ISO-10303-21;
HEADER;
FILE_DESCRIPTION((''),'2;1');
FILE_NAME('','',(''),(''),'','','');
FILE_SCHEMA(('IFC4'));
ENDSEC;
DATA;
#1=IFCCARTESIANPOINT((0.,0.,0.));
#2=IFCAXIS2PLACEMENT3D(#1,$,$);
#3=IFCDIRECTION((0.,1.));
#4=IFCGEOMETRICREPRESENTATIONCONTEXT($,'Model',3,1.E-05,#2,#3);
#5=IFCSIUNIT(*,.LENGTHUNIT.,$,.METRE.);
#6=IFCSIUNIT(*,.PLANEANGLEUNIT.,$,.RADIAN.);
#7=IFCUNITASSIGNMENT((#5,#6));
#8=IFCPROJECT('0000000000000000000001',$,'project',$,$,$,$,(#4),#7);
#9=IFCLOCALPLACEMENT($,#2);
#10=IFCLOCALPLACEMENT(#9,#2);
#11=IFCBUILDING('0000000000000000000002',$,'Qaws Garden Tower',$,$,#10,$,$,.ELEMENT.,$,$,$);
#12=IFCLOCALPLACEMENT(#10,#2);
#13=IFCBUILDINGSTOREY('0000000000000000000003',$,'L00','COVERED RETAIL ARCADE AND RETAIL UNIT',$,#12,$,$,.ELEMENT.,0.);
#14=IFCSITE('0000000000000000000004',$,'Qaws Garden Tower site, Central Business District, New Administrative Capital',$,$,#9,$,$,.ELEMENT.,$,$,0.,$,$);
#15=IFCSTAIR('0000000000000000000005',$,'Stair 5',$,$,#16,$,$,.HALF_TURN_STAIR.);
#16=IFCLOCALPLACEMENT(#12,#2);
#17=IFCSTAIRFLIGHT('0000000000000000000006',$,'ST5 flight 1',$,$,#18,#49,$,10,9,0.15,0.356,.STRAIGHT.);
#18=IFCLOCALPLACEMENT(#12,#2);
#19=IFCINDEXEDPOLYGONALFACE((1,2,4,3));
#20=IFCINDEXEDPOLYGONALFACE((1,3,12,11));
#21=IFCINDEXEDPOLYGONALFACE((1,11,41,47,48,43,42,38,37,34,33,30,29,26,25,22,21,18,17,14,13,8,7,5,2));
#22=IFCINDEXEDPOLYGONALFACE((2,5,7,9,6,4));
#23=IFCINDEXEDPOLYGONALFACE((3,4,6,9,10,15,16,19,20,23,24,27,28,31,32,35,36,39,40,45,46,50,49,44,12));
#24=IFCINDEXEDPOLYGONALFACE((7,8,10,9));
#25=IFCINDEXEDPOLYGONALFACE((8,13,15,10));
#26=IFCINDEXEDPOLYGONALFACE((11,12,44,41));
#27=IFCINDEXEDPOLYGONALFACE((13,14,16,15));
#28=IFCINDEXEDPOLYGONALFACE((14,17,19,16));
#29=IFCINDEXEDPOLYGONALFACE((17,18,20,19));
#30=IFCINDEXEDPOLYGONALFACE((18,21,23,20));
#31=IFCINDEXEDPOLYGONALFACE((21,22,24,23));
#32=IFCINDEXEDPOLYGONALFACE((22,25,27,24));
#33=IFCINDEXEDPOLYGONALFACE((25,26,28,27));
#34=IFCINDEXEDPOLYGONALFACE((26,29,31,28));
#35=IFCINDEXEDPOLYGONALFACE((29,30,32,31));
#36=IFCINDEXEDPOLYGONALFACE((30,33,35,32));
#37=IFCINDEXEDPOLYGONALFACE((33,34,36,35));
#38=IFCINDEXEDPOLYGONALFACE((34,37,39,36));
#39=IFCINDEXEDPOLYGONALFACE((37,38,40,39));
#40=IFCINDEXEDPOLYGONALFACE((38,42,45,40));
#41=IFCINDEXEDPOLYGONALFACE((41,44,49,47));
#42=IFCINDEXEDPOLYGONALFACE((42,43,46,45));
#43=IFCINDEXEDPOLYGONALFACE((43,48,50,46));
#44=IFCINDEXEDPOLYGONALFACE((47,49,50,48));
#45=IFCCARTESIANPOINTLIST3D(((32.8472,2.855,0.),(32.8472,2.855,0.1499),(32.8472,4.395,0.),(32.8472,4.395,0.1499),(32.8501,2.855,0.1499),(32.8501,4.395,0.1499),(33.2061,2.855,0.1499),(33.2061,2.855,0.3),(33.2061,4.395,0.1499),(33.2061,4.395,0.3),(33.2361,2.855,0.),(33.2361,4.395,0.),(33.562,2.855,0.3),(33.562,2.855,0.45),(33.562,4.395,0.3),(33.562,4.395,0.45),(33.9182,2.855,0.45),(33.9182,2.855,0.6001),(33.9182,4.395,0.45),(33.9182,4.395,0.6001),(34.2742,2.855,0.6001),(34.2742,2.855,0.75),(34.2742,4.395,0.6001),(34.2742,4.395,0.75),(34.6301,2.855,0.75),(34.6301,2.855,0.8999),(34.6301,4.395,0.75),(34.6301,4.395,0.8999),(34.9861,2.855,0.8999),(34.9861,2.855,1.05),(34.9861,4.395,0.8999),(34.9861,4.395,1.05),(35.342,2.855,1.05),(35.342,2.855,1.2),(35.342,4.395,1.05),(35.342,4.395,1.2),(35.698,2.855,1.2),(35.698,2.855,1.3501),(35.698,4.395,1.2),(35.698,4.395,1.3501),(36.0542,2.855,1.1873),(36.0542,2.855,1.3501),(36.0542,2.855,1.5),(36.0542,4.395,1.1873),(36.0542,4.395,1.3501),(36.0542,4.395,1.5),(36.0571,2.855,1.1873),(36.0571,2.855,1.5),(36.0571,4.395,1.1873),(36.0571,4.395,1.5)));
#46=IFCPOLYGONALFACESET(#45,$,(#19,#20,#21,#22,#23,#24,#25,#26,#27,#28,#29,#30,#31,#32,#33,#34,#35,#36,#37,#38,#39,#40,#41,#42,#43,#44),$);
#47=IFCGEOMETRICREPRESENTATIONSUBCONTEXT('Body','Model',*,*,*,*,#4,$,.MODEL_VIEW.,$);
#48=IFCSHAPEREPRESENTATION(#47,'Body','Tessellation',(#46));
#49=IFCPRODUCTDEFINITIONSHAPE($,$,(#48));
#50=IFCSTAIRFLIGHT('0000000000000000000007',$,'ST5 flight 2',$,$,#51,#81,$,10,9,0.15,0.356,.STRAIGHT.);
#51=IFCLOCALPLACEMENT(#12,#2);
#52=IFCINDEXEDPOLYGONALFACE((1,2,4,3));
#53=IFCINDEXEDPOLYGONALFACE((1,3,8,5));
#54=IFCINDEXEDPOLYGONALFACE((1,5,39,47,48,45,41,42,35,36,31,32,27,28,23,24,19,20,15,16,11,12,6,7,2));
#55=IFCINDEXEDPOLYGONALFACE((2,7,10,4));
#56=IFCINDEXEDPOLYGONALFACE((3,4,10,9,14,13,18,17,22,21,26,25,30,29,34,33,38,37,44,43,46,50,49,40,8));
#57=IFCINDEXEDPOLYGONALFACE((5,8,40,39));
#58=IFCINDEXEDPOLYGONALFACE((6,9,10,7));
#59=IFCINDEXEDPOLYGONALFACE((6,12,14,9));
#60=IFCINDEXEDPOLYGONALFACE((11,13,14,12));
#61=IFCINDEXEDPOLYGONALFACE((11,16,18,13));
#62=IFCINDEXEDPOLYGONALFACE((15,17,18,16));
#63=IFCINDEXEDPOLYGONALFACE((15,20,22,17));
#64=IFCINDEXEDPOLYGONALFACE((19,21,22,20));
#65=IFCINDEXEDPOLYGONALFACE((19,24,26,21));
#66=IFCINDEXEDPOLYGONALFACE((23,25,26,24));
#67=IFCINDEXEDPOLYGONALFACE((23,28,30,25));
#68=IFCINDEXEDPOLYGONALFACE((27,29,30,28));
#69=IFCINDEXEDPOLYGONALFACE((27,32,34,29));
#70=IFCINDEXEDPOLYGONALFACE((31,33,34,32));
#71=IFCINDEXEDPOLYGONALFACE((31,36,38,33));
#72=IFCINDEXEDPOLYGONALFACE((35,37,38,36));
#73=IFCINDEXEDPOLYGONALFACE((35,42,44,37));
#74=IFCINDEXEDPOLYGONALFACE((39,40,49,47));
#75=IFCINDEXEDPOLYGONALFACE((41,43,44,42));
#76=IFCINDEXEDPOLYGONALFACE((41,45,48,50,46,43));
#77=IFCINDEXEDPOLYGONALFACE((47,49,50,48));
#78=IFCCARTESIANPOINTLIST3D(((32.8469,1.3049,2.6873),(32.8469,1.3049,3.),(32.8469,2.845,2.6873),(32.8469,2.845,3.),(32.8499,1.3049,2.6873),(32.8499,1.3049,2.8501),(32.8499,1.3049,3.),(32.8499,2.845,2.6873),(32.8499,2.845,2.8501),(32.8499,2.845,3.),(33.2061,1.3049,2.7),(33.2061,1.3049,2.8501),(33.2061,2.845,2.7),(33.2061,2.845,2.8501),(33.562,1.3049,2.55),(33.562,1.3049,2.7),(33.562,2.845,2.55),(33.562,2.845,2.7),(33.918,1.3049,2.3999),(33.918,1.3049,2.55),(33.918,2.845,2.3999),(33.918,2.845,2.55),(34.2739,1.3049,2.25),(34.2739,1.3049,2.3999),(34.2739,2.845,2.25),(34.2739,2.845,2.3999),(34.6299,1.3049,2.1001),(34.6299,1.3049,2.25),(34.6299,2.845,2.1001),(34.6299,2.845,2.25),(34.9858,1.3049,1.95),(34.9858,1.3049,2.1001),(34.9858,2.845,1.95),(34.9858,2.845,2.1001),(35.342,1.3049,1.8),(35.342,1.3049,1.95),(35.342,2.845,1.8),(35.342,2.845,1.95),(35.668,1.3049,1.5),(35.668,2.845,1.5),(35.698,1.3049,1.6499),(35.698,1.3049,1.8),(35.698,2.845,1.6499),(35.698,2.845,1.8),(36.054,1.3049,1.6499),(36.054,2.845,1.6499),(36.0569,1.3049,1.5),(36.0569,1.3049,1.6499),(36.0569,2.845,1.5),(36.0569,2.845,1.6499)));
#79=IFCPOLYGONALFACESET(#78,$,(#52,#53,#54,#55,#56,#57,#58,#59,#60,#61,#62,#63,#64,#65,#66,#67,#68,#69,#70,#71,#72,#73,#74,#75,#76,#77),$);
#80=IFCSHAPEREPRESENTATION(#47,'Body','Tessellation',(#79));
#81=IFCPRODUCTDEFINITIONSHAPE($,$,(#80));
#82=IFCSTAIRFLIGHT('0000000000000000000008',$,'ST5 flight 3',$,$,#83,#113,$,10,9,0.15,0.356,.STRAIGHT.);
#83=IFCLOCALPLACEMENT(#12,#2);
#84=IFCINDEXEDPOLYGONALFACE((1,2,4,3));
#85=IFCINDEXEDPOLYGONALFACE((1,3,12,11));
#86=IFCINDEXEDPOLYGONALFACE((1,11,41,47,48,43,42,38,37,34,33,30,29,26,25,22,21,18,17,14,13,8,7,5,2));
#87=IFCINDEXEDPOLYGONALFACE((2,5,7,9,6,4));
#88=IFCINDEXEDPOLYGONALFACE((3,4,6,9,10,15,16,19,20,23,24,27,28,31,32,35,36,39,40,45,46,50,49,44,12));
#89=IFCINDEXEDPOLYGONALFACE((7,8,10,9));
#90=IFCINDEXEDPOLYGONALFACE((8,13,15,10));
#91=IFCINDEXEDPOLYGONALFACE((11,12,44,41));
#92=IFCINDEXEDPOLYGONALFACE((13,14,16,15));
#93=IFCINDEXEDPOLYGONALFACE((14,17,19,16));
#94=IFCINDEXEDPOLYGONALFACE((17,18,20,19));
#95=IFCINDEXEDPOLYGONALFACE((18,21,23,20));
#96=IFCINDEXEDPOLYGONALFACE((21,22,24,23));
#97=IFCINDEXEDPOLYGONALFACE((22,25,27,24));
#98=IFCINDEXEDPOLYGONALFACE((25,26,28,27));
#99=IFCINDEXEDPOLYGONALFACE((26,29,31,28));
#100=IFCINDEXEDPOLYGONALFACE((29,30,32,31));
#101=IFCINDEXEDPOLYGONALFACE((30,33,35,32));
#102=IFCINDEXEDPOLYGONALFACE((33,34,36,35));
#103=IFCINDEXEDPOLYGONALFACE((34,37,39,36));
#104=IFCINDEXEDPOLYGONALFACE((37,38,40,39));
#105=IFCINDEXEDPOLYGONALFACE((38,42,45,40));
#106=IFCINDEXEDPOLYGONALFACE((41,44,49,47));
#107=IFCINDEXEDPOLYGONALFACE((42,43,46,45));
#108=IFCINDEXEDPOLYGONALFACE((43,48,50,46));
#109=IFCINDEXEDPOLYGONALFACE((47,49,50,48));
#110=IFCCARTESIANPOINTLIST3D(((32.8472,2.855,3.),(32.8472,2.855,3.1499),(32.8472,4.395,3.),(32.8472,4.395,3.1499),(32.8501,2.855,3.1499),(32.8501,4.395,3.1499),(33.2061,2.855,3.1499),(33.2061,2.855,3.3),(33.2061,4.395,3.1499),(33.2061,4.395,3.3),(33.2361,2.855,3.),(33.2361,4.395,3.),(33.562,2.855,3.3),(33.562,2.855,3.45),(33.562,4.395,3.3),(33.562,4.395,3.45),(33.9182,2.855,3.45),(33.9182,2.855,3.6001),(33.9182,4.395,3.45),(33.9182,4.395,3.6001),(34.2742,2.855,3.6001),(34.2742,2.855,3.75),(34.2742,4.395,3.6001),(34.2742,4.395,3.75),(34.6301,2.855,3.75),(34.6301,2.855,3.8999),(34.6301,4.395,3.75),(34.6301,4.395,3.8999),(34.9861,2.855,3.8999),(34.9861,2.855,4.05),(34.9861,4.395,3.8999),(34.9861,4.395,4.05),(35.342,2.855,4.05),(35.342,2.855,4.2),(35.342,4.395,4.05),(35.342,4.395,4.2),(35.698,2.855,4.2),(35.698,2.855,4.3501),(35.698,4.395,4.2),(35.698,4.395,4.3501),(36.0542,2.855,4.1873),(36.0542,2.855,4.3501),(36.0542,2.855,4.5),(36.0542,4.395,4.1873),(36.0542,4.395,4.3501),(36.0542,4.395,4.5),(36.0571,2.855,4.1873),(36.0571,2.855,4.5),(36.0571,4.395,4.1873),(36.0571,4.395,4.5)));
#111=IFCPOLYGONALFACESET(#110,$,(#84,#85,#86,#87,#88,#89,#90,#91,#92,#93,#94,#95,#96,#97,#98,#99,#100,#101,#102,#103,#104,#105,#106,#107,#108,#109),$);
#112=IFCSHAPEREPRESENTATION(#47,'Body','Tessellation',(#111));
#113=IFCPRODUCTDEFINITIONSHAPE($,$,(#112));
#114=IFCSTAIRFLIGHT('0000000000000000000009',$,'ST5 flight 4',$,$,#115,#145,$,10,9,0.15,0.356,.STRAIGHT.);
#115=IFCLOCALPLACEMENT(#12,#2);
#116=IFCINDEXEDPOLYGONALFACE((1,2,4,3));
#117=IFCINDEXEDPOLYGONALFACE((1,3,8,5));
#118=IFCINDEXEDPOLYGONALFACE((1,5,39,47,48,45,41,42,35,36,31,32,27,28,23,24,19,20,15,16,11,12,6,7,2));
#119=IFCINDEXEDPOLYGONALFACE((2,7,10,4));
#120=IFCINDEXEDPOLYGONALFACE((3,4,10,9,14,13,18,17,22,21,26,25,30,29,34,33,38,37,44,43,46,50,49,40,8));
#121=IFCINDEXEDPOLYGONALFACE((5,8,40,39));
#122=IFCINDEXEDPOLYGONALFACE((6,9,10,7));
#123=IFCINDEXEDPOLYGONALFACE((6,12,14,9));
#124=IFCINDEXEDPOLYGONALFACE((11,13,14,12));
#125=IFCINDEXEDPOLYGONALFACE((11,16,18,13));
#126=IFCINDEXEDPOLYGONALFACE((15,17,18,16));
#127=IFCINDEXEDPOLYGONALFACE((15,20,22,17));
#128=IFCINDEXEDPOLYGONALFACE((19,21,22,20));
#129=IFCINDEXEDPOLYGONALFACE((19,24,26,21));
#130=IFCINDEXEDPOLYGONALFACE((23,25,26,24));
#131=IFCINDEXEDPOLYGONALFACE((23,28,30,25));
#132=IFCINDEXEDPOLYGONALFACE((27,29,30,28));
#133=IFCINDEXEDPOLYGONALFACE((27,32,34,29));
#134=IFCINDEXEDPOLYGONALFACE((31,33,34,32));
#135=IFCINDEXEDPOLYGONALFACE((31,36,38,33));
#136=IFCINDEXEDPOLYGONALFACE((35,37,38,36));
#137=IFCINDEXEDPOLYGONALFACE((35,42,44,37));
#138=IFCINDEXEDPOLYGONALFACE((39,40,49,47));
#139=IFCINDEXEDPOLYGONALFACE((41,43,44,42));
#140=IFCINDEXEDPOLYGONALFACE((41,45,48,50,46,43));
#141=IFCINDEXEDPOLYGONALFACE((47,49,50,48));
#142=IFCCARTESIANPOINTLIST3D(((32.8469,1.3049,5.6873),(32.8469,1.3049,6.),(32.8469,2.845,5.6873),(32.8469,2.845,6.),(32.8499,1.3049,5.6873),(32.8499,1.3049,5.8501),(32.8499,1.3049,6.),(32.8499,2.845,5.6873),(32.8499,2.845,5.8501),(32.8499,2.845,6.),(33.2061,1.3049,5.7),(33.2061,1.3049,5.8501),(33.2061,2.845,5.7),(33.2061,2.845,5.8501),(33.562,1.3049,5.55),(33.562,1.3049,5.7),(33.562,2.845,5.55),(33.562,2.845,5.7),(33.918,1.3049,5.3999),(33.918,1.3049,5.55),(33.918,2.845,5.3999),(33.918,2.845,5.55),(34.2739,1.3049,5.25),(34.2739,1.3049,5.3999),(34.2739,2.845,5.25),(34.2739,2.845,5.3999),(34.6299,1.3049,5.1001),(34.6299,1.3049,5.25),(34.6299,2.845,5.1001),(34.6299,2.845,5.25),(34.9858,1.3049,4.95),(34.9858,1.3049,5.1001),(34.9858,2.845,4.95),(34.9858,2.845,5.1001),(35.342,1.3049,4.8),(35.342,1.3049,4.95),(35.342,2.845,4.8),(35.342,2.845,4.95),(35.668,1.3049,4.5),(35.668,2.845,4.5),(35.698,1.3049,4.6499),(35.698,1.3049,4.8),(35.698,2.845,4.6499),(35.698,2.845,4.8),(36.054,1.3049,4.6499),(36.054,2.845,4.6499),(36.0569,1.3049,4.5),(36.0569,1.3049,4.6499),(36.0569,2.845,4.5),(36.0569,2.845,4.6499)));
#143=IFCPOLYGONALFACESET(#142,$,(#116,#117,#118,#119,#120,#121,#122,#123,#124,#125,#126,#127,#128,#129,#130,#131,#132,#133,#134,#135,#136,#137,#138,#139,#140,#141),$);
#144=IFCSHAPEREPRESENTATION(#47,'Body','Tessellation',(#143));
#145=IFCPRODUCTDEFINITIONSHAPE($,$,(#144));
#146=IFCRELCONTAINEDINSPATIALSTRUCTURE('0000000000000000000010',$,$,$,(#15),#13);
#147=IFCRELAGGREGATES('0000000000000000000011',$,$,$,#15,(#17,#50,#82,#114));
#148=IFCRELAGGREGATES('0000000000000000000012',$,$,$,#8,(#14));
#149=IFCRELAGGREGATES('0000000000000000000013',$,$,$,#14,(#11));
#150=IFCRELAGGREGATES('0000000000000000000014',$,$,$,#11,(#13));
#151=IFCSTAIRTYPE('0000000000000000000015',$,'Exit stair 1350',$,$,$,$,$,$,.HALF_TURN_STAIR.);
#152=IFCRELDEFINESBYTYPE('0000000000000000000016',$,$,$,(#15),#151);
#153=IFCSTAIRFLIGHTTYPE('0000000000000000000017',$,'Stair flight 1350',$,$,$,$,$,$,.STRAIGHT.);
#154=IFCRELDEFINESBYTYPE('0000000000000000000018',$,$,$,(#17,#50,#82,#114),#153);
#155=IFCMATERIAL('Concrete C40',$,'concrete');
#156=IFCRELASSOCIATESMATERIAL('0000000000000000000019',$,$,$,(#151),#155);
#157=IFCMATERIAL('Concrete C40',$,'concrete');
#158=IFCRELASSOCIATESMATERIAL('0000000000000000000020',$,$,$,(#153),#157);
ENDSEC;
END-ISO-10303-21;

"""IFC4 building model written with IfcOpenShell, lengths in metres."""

from ifc_helpers import new_model, si_unit, direction, frame, origin, place, context, subcontext, project, spatial, polyline, outline, extrude, material, type_object, element, aggregate, save


model = new_model("IFC4")

# Units and contexts
model_context = context("Model", 3, precision=1e-05, world=origin(), true_north=direction((0.0, 1.0)))
body_context = subcontext(model_context, "Body", "Model", "MODEL_VIEW")
ifc_project = project(units=[si_unit("LENGTHUNIT", "METRE"), si_unit("PLANEANGLEUNIT", "RADIAN")], contexts=[model_context])

# Site, building, storey
site_placement = place(None, origin())
site = spatial("IfcSite", under=ifc_project, at=site_placement, Name="Qaws Garden Tower site, Central Business District, New Administrative Capital", CompositionType="ELEMENT", RefElevation=0.0)
building_placement = place(site_placement, origin())
building = spatial("IfcBuilding", under=site, at=building_placement, Name="Qaws Garden Tower", CompositionType="ELEMENT")
storey_placement = place(building_placement, origin())
storey = spatial("IfcBuildingStorey", under=building, at=storey_placement, Name="L00", Description="COVERED RETAIL ARCADE AND RETAIL UNIT", CompositionType="ELEMENT", Elevation=0.0)

# Stair, stair flights
ifc_material_1 = material(Name="Concrete C40", Category="concrete")
stair_type = type_object("IfcStairType", Name="Exit stair 1350", PredefinedType="HALF_TURN_STAIR", material=ifc_material_1)
stair_placement = place(storey_placement, origin())
stair = element("IfcStair", 1, at=stair_placement, inside=storey, type_object=stair_type, Name="Stair 5", PredefinedType="HALF_TURN_STAIR")
ifc_material_2 = material(Name="Concrete C40", Category="concrete")
stair_flight_type = type_object("IfcStairFlightType", Name="Stair flight 1350", PredefinedType="STRAIGHT", material=ifc_material_2)
stair_flight_1_placement = place(storey_placement, frame((32.8501, 3.625, 0.0), z_axis=(0.0, 0.0, 1.0), x_axis=(1.0, 0.0, 0.0)))
stair_flight_1 = element("IfcStairFlight", 2, at=stair_flight_1_placement, type_object=stair_flight_type, Name="ST5 flight 1", NumberOfRisers=10, NumberOfTreads=9, PredefinedType="STRAIGHT", RiserHeight=0.15, TreadLength=0.356, context=body_context, shape_type="SweptSolid", body=[
    extrude(outline(polyline([(-0.0029, 0.0), (-0.0029, 0.1499), (0.0, 0.1499), (0.356, 0.1499), (0.356, 0.3), (0.7119, 0.3), (0.7119, 0.45), (1.0681, 0.45), (1.0681, 0.6001), (1.4241, 0.6001), (1.4241, 0.75), (1.78, 0.75), (1.78, 0.8999), (2.136, 0.8999), (2.136, 1.05), (2.4919, 1.05), (2.4919, 1.2), (2.8479, 1.2), (2.8479, 1.3501), (3.2041, 1.3501), (3.2041, 1.5), (3.207, 1.5), (3.207, 1.1873), (3.2041, 1.1873), (0.386, 0.0), (-0.0029, 0.0)])), frame((0.0, 0.77, 0.0), z_axis=(0.0, -1.0, 0.0), x_axis=(1.0, 0.0, 0.0)), (0.0, 0.0, 1.0), 1.54),
])
stair_flight_2_placement = place(storey_placement, frame((36.054, 2.075, 1.5), z_axis=(0.0, 0.0, 1.0), x_axis=(-1.0, 0.0, 0.0)))
stair_flight_2 = element("IfcStairFlight", 3, at=stair_flight_2_placement, type_object=stair_flight_type, Name="ST5 flight 2", NumberOfRisers=10, NumberOfTreads=9, PredefinedType="STRAIGHT", RiserHeight=0.15, TreadLength=0.356, context=body_context, shape_type="SweptSolid", body=[
    extrude(outline(polyline([(-0.0029, 0.0), (-0.0029, 0.1499), (0.0, 0.1499), (0.356, 0.1499), (0.356, 0.3), (0.7119, 0.3), (0.7119, 0.45), (1.0681, 0.45), (1.0681, 0.6001), (1.4241, 0.6001), (1.4241, 0.75), (1.78, 0.75), (1.78, 0.8999), (2.136, 0.8999), (2.136, 1.05), (2.4919, 1.05), (2.4919, 1.2), (2.8479, 1.2), (2.8479, 1.3501), (3.2041, 1.3501), (3.2041, 1.5), (3.207, 1.5), (3.207, 1.1873), (3.2041, 1.1873), (0.386, 0.0), (-0.0029, 0.0)])), frame((0.0, 0.77, 0.0), z_axis=(0.0, -1.0, 0.0), x_axis=(1.0, 0.0, 0.0)), (0.0, 0.0, 1.0), 1.54),
])
stair_flight_3_placement = place(storey_placement, frame((32.8501, 3.625, 3.0), z_axis=(0.0, 0.0, 1.0), x_axis=(1.0, 0.0, 0.0)))
stair_flight_3 = element("IfcStairFlight", 4, at=stair_flight_3_placement, type_object=stair_flight_type, Name="ST5 flight 3", NumberOfRisers=10, NumberOfTreads=9, PredefinedType="STRAIGHT", RiserHeight=0.15, TreadLength=0.356, context=body_context, shape_type="SweptSolid", body=[
    extrude(outline(polyline([(-0.0029, 0.0), (-0.0029, 0.1499), (0.0, 0.1499), (0.356, 0.1499), (0.356, 0.3), (0.7119, 0.3), (0.7119, 0.45), (1.0681, 0.45), (1.0681, 0.6001), (1.4241, 0.6001), (1.4241, 0.75), (1.78, 0.75), (1.78, 0.8999), (2.136, 0.8999), (2.136, 1.05), (2.4919, 1.05), (2.4919, 1.2), (2.8479, 1.2), (2.8479, 1.3501), (3.2041, 1.3501), (3.2041, 1.5), (3.207, 1.5), (3.207, 1.1873), (3.2041, 1.1873), (0.386, 0.0), (-0.0029, 0.0)])), frame((0.0, 0.77, 0.0), z_axis=(0.0, -1.0, 0.0), x_axis=(1.0, 0.0, 0.0)), (0.0, 0.0, 1.0), 1.54),
])
stair_flight_4_placement = place(storey_placement, frame((36.054, 2.075, 4.5), z_axis=(0.0, 0.0, 1.0), x_axis=(-1.0, 0.0, 0.0)))
stair_flight_4 = element("IfcStairFlight", 5, at=stair_flight_4_placement, type_object=stair_flight_type, Name="ST5 flight 4", NumberOfRisers=10, NumberOfTreads=9, PredefinedType="STRAIGHT", RiserHeight=0.15, TreadLength=0.356, context=body_context, shape_type="SweptSolid", body=[
    extrude(outline(polyline([(-0.0029, 0.0), (-0.0029, 0.1499), (0.0, 0.1499), (0.356, 0.1499), (0.356, 0.3), (0.7119, 0.3), (0.7119, 0.45), (1.0681, 0.45), (1.0681, 0.6001), (1.4241, 0.6001), (1.4241, 0.75), (1.78, 0.75), (1.78, 0.8999), (2.136, 0.8999), (2.136, 1.05), (2.4919, 1.05), (2.4919, 1.2), (2.8479, 1.2), (2.8479, 1.3501), (3.2041, 1.3501), (3.2041, 1.5), (3.207, 1.5), (3.207, 1.1873), (3.2041, 1.1873), (0.386, 0.0), (-0.0029, 0.0)])), frame((0.0, 0.77, 0.0), z_axis=(0.0, -1.0, 0.0), x_axis=(1.0, 0.0, 0.0)), (0.0, 0.0, 1.0), 1.54),
])
aggregate(stair, [stair_flight_1, stair_flight_2, stair_flight_3, stair_flight_4])

save(model, "model.ifc")
